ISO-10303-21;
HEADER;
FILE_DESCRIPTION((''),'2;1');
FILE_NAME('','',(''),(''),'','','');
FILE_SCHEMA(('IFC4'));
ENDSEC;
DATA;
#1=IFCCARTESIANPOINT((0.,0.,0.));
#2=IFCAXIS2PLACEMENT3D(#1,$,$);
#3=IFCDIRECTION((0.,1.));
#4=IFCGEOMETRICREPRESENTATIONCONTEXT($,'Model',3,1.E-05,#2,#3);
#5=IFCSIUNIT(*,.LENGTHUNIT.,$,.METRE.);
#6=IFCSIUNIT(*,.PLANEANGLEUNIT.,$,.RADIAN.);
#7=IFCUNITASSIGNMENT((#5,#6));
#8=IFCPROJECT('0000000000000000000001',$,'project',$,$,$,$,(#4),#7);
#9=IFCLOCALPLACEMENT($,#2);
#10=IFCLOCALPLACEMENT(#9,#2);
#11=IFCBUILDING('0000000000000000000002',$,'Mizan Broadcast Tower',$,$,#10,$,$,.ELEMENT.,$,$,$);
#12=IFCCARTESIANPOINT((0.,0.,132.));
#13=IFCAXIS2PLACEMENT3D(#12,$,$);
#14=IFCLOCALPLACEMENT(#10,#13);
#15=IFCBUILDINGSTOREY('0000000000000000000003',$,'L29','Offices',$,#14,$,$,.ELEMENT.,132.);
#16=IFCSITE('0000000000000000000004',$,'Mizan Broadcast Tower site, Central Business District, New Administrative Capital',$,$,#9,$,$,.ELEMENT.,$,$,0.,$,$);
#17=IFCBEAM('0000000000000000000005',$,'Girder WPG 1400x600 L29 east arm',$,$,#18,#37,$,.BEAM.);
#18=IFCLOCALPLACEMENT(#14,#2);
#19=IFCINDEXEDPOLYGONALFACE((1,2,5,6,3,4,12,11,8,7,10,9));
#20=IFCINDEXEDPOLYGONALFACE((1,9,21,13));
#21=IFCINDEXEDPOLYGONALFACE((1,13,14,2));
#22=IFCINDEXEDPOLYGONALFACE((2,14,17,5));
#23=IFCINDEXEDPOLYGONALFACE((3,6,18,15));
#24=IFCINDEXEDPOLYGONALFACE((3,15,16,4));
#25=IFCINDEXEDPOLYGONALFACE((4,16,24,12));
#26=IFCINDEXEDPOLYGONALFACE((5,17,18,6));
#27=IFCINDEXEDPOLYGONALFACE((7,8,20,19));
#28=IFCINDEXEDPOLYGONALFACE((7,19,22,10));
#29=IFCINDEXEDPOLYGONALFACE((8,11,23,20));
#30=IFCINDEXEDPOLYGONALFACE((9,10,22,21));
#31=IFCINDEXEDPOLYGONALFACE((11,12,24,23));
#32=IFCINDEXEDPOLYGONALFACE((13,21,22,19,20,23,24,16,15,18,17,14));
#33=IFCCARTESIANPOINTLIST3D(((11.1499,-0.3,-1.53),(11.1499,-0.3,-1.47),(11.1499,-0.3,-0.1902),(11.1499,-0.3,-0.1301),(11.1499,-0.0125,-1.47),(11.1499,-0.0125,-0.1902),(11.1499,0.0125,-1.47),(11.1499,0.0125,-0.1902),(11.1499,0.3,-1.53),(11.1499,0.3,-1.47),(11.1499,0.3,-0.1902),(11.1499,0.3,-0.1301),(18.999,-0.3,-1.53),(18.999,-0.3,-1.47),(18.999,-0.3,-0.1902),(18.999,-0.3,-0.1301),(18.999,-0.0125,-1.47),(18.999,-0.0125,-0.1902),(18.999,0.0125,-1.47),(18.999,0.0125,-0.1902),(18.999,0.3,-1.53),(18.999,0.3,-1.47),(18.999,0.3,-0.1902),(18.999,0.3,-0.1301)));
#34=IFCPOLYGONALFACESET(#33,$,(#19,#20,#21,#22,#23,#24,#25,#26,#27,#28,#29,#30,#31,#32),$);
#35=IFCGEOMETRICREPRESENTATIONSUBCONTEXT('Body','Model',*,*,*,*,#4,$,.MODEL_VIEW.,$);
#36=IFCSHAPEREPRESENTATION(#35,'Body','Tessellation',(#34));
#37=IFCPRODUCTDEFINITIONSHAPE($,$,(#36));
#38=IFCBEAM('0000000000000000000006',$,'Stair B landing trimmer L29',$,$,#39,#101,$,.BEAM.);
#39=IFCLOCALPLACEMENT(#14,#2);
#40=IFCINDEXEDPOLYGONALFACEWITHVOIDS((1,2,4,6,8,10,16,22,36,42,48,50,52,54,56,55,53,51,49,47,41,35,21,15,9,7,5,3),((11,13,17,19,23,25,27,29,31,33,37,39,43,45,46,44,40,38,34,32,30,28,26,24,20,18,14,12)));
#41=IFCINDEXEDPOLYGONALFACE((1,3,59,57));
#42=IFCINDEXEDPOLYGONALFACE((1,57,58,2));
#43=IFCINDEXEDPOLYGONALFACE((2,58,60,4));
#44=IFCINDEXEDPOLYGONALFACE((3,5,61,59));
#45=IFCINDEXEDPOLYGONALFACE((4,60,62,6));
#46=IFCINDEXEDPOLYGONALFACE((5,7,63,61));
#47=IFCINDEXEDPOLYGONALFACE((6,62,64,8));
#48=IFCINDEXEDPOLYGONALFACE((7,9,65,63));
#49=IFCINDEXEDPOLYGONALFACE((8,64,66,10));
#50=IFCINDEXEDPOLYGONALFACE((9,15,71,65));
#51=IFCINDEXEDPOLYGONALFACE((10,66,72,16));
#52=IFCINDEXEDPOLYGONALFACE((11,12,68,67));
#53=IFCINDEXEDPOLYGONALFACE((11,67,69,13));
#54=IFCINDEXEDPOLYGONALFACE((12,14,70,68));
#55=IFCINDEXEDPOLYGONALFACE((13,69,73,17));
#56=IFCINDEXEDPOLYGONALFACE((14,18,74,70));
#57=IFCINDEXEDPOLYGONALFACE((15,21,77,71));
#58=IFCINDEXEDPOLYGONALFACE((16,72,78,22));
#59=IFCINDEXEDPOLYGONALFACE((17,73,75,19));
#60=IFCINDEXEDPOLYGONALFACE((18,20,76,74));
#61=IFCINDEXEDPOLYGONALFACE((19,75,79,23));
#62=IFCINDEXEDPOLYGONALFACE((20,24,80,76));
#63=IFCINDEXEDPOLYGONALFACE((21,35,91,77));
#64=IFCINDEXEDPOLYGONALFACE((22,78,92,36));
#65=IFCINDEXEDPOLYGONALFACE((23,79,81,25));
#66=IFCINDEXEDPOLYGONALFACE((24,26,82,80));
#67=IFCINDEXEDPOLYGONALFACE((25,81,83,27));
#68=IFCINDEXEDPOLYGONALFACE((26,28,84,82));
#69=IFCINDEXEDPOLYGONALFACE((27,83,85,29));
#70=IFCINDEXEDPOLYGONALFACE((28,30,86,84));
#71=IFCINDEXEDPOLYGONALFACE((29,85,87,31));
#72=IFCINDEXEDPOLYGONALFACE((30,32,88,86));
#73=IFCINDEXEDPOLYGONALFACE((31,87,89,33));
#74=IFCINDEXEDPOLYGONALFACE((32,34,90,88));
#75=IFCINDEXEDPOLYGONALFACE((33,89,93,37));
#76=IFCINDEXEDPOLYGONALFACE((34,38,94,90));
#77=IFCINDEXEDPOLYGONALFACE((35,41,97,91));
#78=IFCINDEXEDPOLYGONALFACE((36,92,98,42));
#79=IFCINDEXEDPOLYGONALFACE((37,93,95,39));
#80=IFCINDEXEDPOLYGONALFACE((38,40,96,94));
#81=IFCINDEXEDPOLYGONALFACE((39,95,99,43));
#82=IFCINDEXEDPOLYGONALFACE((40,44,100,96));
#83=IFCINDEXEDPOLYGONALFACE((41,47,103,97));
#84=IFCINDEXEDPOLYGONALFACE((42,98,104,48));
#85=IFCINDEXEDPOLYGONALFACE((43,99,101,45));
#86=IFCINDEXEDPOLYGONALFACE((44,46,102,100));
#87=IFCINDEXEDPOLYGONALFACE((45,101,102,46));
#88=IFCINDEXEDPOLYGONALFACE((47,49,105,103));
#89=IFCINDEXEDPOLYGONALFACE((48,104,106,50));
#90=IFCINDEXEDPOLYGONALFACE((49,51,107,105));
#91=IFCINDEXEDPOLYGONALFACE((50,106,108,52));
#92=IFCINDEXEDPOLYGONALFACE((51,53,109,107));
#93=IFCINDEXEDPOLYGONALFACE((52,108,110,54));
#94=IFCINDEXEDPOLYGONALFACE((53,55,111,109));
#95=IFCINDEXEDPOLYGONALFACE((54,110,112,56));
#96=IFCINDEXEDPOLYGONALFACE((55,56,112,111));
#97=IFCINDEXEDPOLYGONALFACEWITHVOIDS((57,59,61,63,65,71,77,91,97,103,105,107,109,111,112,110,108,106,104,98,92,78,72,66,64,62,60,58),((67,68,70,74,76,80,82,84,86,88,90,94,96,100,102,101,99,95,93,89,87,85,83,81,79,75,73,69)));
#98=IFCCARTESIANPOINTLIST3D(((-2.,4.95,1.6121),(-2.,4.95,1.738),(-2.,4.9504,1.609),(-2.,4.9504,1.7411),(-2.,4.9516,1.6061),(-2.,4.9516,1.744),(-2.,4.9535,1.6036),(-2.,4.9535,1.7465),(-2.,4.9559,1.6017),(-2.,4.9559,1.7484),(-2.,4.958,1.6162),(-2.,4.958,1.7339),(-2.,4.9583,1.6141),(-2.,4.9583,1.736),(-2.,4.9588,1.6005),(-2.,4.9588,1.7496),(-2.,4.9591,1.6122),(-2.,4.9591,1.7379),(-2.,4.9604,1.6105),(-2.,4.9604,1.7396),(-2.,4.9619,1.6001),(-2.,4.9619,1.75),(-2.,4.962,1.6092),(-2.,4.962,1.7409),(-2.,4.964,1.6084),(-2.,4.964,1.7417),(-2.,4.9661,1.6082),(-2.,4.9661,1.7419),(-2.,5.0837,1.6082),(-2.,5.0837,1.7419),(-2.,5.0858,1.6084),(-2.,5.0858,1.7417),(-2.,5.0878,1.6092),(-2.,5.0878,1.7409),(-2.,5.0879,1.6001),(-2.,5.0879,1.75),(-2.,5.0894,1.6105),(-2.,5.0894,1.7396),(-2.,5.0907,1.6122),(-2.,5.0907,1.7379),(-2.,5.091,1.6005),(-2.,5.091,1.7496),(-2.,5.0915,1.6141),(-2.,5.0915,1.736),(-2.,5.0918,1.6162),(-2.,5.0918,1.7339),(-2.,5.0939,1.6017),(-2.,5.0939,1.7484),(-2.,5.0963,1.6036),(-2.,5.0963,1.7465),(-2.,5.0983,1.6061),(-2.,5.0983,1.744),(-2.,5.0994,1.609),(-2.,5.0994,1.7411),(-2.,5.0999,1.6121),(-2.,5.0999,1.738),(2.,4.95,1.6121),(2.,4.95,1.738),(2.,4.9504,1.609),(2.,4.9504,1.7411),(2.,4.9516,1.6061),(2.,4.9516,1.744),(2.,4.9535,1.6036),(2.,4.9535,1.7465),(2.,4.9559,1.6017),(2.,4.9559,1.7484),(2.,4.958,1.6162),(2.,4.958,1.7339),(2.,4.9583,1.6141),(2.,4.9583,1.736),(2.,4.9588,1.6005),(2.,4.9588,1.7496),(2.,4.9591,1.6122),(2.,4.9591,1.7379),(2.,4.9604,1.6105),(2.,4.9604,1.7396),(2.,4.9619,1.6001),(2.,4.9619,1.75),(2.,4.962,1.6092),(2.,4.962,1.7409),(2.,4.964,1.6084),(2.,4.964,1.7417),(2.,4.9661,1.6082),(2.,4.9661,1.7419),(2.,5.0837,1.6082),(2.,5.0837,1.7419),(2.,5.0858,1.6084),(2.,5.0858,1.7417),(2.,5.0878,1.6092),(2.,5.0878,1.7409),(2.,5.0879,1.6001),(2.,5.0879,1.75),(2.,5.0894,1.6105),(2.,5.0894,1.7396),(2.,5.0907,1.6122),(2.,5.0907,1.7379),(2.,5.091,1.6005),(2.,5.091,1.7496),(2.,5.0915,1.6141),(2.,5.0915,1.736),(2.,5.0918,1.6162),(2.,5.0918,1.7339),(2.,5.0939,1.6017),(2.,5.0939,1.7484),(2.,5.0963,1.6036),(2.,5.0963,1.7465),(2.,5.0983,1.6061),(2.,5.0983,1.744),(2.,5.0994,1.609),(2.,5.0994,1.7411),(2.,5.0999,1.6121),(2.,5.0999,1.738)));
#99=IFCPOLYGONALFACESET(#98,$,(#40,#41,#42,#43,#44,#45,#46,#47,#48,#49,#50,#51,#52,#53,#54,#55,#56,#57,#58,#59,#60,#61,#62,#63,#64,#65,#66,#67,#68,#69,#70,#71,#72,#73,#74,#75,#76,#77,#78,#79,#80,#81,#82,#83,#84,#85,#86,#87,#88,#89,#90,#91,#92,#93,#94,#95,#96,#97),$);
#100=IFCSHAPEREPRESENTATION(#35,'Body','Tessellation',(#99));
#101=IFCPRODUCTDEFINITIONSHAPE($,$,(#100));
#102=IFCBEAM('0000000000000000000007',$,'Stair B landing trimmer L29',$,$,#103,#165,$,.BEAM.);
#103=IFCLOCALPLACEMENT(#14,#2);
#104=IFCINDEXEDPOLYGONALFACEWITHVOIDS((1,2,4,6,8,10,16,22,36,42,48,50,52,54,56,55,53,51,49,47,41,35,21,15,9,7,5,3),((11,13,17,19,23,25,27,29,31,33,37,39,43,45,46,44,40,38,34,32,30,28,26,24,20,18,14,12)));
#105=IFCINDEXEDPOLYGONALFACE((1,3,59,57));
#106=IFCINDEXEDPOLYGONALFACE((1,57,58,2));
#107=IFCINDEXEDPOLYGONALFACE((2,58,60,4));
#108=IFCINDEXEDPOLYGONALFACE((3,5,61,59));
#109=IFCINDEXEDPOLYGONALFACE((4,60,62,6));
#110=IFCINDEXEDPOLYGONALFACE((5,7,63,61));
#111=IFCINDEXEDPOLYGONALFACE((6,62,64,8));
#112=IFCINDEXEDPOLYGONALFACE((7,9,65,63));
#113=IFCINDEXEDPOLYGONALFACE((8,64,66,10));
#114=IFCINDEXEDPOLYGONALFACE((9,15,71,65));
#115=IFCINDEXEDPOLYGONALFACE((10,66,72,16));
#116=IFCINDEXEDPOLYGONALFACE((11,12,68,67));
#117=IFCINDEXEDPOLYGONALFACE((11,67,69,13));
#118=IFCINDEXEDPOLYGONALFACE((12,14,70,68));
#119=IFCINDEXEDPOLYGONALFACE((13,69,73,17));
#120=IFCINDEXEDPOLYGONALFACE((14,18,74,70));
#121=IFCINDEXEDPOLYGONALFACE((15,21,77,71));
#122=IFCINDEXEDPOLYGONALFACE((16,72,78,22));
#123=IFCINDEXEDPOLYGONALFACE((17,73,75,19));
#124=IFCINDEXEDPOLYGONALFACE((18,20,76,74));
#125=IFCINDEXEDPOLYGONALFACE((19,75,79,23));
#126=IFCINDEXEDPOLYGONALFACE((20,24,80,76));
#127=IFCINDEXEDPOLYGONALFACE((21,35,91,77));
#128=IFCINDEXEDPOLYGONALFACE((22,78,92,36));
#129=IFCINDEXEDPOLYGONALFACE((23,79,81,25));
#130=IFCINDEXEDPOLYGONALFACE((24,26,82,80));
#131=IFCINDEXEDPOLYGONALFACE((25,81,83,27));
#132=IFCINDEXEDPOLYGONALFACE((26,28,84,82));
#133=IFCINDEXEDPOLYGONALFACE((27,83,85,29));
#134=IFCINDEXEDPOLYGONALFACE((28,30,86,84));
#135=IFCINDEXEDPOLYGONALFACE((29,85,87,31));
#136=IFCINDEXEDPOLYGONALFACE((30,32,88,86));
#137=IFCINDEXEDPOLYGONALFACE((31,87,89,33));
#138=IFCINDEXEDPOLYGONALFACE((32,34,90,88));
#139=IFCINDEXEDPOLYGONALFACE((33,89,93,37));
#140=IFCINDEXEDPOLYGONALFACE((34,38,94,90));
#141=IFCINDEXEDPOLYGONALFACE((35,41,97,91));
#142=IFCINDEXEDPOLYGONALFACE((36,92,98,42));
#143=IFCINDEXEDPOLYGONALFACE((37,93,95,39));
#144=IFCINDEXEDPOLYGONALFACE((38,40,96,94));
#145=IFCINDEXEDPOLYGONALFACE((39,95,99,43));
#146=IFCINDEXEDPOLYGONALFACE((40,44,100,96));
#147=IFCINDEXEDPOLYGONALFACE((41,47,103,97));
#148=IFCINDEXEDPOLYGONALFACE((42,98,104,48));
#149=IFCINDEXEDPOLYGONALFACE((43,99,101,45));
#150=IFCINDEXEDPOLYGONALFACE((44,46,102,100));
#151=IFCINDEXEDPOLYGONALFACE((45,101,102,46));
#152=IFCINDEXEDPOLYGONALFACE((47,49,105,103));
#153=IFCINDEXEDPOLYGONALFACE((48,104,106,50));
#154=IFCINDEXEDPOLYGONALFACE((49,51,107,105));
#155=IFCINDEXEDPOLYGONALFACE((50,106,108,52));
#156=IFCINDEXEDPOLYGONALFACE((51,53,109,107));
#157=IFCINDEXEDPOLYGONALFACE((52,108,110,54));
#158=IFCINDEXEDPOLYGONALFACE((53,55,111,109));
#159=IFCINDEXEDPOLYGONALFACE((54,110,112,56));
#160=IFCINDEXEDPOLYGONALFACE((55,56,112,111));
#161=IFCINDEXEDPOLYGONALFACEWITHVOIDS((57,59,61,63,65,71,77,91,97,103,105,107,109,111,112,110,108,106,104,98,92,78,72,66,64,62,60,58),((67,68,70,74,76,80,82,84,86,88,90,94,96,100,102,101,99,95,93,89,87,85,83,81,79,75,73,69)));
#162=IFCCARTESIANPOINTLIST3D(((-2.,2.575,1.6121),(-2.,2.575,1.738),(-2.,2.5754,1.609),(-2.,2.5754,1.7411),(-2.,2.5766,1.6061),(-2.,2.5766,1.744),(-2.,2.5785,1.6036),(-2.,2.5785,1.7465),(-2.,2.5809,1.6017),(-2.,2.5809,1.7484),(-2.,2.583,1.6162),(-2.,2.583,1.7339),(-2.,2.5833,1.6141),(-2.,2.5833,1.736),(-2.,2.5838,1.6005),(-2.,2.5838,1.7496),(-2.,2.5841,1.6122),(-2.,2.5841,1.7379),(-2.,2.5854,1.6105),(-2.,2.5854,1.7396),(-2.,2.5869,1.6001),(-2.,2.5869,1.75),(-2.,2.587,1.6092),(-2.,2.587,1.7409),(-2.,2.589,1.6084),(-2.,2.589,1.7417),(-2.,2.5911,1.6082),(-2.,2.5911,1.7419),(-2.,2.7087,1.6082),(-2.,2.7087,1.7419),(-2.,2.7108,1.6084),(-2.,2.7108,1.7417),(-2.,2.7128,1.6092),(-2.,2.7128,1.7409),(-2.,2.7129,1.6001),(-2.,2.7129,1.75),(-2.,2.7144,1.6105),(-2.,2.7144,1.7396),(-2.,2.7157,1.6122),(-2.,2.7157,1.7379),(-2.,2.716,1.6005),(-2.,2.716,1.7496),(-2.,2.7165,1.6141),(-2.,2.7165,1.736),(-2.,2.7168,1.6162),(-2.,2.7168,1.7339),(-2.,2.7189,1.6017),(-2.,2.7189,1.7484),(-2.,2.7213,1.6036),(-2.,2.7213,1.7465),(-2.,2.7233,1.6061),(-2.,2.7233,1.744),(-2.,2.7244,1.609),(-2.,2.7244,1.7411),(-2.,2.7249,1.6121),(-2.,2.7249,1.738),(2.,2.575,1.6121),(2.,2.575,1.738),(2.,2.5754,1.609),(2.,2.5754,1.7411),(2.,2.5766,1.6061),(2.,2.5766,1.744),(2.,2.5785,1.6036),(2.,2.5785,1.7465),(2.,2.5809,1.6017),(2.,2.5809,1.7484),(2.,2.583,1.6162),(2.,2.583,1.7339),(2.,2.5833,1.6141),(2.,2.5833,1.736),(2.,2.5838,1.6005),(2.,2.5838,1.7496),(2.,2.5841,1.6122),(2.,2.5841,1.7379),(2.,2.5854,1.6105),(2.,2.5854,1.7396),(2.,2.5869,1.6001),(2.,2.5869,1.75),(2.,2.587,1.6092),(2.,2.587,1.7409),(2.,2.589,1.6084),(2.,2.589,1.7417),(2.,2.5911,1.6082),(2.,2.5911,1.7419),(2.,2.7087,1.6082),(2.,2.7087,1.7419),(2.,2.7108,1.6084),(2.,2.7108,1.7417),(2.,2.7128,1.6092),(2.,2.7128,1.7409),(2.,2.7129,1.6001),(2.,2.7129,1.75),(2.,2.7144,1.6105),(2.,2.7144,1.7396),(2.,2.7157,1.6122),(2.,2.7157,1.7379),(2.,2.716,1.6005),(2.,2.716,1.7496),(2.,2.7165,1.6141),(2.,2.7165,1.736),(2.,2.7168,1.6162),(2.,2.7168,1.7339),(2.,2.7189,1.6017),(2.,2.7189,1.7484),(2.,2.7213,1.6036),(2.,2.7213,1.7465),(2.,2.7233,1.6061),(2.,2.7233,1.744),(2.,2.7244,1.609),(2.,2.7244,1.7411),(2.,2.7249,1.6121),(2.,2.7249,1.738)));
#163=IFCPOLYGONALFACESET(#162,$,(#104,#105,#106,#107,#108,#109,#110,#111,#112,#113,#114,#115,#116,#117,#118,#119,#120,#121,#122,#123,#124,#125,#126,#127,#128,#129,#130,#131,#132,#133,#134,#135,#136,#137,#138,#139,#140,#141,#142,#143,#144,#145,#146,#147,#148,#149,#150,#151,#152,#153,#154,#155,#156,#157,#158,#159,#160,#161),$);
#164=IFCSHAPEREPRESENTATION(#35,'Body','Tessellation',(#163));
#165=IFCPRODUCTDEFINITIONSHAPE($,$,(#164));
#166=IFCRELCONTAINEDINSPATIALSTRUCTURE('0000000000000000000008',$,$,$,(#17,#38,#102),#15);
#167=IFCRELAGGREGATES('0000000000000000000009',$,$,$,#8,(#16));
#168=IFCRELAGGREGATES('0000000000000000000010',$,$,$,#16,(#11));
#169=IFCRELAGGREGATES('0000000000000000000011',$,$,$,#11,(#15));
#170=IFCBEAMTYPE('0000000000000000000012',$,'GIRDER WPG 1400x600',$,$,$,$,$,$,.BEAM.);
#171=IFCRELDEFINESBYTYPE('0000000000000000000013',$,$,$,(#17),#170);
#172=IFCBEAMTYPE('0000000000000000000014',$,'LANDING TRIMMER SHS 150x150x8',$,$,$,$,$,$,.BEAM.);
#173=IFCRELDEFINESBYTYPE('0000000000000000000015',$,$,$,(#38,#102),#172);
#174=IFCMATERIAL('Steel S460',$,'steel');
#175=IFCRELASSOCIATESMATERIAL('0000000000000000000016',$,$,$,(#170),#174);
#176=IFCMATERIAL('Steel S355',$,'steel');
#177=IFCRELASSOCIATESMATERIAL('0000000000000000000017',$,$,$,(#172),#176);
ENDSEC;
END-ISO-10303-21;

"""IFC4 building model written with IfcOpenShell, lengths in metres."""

from ifc_helpers import new_model, si_unit, direction, frame, origin, origin_2d, place, context, subcontext, project, spatial, hollow_rectangle, i_section, extrude, material, material_profile, profile_set, type_object, element, save


model = new_model("IFC4")

# Units and contexts
model_context = context("Model", 3, precision=1e-05, world=origin(), true_north=direction((0.0, 1.0)))
body_context = subcontext(model_context, "Body", "Model", "MODEL_VIEW")
ifc_project = project(units=[si_unit("LENGTHUNIT", "METRE"), si_unit("PLANEANGLEUNIT", "RADIAN")], contexts=[model_context])

# Site, building, storey
site_placement = place(None, origin())
site = spatial("IfcSite", under=ifc_project, at=site_placement, Name="Mizan Broadcast Tower site, Central Business District, New Administrative Capital", CompositionType="ELEMENT", RefElevation=0.0)
building_placement = place(site_placement, origin())
building = spatial("IfcBuilding", under=site, at=building_placement, Name="Mizan Broadcast Tower", CompositionType="ELEMENT")
storey_placement = place(building_placement, frame((0.0, 0.0, 132.0)))
storey = spatial("IfcBuildingStorey", under=building, at=storey_placement, Name="L29", Description="Offices", CompositionType="ELEMENT", Elevation=132.0)

# Beams
ifc_material_1 = material(Name="Steel S460", Category="steel")
ifc_material_profile_1 = material_profile(ifc_material_1, i_section(OverallWidth=0.6001, OverallDepth=1.3999, WebThickness=0.0249, FlangeThickness=0.0601, at=origin_2d()), Name="WPG 1400x600")
ifc_profile_set_1 = profile_set([ifc_material_profile_1], Name="Steel S460")
beam_type_1 = type_object("IfcBeamType", Name="GIRDER WPG 1400x600", PredefinedType="BEAM", material=ifc_profile_set_1)
beam_placement = place(storey_placement, frame((11.1499, 0.0, -0.8301), z_axis=(1.0, 0.0, 0.0), x_axis=(0.0, 1.0, 0.0)))
element("IfcBeam", 1, at=beam_placement, inside=storey, type_object=beam_type_1, Name="Girder WPG 1400x600 L29 east arm", PredefinedType="BEAM", context=body_context, shape_type="SweptSolid", body=[
    extrude(i_section(OverallWidth=0.6001, OverallDepth=1.3999, WebThickness=0.0249, FlangeThickness=0.0601, at=origin_2d()), origin(), (0.0, 0.0, 1.0), 7.8491),
])
ifc_material_2 = material(Name="Steel S355", Category="steel")
ifc_material_profile_2 = material_profile(ifc_material_2, hollow_rectangle(XDim=0.1499, YDim=0.1499, WallThickness=0.0081, InnerFilletRadius=0.0081, OuterFilletRadius=0.012, at=origin_2d()), Name="SHS 150x150x8")
ifc_profile_set_2 = profile_set([ifc_material_profile_2], Name="Steel S355")
beam_type_2 = type_object("IfcBeamType", Name="LANDING TRIMMER SHS 150x150x8", PredefinedType="BEAM", material=ifc_profile_set_2)
for number, where, z_axis, x_axis, name in (
    (2, (2.0, 5.0249, 1.675), (-1.0, 0.0, 0.0), (0.0, -1.0, 0.0), "Stair B landing trimmer L29"),
    (3, (2.0, 2.6499, 1.675), (-1.0, 0.0, 0.0), (0.0, -1.0, 0.0), "Stair B landing trimmer L29"),
):
    element("IfcBeam", number, at=place(storey_placement, frame(where, z_axis=z_axis, x_axis=x_axis)), inside=storey, type_object=beam_type_2, Name=name, PredefinedType="BEAM", context=body_context, shape_type="SweptSolid", body=[
        extrude(hollow_rectangle(XDim=0.1499, YDim=0.1499, WallThickness=0.0081, InnerFilletRadius=0.0081, OuterFilletRadius=0.012, at=origin_2d()), origin(), (0.0, 0.0, 1.0), 4.0),
    ])

save(model, "model.ifc")
